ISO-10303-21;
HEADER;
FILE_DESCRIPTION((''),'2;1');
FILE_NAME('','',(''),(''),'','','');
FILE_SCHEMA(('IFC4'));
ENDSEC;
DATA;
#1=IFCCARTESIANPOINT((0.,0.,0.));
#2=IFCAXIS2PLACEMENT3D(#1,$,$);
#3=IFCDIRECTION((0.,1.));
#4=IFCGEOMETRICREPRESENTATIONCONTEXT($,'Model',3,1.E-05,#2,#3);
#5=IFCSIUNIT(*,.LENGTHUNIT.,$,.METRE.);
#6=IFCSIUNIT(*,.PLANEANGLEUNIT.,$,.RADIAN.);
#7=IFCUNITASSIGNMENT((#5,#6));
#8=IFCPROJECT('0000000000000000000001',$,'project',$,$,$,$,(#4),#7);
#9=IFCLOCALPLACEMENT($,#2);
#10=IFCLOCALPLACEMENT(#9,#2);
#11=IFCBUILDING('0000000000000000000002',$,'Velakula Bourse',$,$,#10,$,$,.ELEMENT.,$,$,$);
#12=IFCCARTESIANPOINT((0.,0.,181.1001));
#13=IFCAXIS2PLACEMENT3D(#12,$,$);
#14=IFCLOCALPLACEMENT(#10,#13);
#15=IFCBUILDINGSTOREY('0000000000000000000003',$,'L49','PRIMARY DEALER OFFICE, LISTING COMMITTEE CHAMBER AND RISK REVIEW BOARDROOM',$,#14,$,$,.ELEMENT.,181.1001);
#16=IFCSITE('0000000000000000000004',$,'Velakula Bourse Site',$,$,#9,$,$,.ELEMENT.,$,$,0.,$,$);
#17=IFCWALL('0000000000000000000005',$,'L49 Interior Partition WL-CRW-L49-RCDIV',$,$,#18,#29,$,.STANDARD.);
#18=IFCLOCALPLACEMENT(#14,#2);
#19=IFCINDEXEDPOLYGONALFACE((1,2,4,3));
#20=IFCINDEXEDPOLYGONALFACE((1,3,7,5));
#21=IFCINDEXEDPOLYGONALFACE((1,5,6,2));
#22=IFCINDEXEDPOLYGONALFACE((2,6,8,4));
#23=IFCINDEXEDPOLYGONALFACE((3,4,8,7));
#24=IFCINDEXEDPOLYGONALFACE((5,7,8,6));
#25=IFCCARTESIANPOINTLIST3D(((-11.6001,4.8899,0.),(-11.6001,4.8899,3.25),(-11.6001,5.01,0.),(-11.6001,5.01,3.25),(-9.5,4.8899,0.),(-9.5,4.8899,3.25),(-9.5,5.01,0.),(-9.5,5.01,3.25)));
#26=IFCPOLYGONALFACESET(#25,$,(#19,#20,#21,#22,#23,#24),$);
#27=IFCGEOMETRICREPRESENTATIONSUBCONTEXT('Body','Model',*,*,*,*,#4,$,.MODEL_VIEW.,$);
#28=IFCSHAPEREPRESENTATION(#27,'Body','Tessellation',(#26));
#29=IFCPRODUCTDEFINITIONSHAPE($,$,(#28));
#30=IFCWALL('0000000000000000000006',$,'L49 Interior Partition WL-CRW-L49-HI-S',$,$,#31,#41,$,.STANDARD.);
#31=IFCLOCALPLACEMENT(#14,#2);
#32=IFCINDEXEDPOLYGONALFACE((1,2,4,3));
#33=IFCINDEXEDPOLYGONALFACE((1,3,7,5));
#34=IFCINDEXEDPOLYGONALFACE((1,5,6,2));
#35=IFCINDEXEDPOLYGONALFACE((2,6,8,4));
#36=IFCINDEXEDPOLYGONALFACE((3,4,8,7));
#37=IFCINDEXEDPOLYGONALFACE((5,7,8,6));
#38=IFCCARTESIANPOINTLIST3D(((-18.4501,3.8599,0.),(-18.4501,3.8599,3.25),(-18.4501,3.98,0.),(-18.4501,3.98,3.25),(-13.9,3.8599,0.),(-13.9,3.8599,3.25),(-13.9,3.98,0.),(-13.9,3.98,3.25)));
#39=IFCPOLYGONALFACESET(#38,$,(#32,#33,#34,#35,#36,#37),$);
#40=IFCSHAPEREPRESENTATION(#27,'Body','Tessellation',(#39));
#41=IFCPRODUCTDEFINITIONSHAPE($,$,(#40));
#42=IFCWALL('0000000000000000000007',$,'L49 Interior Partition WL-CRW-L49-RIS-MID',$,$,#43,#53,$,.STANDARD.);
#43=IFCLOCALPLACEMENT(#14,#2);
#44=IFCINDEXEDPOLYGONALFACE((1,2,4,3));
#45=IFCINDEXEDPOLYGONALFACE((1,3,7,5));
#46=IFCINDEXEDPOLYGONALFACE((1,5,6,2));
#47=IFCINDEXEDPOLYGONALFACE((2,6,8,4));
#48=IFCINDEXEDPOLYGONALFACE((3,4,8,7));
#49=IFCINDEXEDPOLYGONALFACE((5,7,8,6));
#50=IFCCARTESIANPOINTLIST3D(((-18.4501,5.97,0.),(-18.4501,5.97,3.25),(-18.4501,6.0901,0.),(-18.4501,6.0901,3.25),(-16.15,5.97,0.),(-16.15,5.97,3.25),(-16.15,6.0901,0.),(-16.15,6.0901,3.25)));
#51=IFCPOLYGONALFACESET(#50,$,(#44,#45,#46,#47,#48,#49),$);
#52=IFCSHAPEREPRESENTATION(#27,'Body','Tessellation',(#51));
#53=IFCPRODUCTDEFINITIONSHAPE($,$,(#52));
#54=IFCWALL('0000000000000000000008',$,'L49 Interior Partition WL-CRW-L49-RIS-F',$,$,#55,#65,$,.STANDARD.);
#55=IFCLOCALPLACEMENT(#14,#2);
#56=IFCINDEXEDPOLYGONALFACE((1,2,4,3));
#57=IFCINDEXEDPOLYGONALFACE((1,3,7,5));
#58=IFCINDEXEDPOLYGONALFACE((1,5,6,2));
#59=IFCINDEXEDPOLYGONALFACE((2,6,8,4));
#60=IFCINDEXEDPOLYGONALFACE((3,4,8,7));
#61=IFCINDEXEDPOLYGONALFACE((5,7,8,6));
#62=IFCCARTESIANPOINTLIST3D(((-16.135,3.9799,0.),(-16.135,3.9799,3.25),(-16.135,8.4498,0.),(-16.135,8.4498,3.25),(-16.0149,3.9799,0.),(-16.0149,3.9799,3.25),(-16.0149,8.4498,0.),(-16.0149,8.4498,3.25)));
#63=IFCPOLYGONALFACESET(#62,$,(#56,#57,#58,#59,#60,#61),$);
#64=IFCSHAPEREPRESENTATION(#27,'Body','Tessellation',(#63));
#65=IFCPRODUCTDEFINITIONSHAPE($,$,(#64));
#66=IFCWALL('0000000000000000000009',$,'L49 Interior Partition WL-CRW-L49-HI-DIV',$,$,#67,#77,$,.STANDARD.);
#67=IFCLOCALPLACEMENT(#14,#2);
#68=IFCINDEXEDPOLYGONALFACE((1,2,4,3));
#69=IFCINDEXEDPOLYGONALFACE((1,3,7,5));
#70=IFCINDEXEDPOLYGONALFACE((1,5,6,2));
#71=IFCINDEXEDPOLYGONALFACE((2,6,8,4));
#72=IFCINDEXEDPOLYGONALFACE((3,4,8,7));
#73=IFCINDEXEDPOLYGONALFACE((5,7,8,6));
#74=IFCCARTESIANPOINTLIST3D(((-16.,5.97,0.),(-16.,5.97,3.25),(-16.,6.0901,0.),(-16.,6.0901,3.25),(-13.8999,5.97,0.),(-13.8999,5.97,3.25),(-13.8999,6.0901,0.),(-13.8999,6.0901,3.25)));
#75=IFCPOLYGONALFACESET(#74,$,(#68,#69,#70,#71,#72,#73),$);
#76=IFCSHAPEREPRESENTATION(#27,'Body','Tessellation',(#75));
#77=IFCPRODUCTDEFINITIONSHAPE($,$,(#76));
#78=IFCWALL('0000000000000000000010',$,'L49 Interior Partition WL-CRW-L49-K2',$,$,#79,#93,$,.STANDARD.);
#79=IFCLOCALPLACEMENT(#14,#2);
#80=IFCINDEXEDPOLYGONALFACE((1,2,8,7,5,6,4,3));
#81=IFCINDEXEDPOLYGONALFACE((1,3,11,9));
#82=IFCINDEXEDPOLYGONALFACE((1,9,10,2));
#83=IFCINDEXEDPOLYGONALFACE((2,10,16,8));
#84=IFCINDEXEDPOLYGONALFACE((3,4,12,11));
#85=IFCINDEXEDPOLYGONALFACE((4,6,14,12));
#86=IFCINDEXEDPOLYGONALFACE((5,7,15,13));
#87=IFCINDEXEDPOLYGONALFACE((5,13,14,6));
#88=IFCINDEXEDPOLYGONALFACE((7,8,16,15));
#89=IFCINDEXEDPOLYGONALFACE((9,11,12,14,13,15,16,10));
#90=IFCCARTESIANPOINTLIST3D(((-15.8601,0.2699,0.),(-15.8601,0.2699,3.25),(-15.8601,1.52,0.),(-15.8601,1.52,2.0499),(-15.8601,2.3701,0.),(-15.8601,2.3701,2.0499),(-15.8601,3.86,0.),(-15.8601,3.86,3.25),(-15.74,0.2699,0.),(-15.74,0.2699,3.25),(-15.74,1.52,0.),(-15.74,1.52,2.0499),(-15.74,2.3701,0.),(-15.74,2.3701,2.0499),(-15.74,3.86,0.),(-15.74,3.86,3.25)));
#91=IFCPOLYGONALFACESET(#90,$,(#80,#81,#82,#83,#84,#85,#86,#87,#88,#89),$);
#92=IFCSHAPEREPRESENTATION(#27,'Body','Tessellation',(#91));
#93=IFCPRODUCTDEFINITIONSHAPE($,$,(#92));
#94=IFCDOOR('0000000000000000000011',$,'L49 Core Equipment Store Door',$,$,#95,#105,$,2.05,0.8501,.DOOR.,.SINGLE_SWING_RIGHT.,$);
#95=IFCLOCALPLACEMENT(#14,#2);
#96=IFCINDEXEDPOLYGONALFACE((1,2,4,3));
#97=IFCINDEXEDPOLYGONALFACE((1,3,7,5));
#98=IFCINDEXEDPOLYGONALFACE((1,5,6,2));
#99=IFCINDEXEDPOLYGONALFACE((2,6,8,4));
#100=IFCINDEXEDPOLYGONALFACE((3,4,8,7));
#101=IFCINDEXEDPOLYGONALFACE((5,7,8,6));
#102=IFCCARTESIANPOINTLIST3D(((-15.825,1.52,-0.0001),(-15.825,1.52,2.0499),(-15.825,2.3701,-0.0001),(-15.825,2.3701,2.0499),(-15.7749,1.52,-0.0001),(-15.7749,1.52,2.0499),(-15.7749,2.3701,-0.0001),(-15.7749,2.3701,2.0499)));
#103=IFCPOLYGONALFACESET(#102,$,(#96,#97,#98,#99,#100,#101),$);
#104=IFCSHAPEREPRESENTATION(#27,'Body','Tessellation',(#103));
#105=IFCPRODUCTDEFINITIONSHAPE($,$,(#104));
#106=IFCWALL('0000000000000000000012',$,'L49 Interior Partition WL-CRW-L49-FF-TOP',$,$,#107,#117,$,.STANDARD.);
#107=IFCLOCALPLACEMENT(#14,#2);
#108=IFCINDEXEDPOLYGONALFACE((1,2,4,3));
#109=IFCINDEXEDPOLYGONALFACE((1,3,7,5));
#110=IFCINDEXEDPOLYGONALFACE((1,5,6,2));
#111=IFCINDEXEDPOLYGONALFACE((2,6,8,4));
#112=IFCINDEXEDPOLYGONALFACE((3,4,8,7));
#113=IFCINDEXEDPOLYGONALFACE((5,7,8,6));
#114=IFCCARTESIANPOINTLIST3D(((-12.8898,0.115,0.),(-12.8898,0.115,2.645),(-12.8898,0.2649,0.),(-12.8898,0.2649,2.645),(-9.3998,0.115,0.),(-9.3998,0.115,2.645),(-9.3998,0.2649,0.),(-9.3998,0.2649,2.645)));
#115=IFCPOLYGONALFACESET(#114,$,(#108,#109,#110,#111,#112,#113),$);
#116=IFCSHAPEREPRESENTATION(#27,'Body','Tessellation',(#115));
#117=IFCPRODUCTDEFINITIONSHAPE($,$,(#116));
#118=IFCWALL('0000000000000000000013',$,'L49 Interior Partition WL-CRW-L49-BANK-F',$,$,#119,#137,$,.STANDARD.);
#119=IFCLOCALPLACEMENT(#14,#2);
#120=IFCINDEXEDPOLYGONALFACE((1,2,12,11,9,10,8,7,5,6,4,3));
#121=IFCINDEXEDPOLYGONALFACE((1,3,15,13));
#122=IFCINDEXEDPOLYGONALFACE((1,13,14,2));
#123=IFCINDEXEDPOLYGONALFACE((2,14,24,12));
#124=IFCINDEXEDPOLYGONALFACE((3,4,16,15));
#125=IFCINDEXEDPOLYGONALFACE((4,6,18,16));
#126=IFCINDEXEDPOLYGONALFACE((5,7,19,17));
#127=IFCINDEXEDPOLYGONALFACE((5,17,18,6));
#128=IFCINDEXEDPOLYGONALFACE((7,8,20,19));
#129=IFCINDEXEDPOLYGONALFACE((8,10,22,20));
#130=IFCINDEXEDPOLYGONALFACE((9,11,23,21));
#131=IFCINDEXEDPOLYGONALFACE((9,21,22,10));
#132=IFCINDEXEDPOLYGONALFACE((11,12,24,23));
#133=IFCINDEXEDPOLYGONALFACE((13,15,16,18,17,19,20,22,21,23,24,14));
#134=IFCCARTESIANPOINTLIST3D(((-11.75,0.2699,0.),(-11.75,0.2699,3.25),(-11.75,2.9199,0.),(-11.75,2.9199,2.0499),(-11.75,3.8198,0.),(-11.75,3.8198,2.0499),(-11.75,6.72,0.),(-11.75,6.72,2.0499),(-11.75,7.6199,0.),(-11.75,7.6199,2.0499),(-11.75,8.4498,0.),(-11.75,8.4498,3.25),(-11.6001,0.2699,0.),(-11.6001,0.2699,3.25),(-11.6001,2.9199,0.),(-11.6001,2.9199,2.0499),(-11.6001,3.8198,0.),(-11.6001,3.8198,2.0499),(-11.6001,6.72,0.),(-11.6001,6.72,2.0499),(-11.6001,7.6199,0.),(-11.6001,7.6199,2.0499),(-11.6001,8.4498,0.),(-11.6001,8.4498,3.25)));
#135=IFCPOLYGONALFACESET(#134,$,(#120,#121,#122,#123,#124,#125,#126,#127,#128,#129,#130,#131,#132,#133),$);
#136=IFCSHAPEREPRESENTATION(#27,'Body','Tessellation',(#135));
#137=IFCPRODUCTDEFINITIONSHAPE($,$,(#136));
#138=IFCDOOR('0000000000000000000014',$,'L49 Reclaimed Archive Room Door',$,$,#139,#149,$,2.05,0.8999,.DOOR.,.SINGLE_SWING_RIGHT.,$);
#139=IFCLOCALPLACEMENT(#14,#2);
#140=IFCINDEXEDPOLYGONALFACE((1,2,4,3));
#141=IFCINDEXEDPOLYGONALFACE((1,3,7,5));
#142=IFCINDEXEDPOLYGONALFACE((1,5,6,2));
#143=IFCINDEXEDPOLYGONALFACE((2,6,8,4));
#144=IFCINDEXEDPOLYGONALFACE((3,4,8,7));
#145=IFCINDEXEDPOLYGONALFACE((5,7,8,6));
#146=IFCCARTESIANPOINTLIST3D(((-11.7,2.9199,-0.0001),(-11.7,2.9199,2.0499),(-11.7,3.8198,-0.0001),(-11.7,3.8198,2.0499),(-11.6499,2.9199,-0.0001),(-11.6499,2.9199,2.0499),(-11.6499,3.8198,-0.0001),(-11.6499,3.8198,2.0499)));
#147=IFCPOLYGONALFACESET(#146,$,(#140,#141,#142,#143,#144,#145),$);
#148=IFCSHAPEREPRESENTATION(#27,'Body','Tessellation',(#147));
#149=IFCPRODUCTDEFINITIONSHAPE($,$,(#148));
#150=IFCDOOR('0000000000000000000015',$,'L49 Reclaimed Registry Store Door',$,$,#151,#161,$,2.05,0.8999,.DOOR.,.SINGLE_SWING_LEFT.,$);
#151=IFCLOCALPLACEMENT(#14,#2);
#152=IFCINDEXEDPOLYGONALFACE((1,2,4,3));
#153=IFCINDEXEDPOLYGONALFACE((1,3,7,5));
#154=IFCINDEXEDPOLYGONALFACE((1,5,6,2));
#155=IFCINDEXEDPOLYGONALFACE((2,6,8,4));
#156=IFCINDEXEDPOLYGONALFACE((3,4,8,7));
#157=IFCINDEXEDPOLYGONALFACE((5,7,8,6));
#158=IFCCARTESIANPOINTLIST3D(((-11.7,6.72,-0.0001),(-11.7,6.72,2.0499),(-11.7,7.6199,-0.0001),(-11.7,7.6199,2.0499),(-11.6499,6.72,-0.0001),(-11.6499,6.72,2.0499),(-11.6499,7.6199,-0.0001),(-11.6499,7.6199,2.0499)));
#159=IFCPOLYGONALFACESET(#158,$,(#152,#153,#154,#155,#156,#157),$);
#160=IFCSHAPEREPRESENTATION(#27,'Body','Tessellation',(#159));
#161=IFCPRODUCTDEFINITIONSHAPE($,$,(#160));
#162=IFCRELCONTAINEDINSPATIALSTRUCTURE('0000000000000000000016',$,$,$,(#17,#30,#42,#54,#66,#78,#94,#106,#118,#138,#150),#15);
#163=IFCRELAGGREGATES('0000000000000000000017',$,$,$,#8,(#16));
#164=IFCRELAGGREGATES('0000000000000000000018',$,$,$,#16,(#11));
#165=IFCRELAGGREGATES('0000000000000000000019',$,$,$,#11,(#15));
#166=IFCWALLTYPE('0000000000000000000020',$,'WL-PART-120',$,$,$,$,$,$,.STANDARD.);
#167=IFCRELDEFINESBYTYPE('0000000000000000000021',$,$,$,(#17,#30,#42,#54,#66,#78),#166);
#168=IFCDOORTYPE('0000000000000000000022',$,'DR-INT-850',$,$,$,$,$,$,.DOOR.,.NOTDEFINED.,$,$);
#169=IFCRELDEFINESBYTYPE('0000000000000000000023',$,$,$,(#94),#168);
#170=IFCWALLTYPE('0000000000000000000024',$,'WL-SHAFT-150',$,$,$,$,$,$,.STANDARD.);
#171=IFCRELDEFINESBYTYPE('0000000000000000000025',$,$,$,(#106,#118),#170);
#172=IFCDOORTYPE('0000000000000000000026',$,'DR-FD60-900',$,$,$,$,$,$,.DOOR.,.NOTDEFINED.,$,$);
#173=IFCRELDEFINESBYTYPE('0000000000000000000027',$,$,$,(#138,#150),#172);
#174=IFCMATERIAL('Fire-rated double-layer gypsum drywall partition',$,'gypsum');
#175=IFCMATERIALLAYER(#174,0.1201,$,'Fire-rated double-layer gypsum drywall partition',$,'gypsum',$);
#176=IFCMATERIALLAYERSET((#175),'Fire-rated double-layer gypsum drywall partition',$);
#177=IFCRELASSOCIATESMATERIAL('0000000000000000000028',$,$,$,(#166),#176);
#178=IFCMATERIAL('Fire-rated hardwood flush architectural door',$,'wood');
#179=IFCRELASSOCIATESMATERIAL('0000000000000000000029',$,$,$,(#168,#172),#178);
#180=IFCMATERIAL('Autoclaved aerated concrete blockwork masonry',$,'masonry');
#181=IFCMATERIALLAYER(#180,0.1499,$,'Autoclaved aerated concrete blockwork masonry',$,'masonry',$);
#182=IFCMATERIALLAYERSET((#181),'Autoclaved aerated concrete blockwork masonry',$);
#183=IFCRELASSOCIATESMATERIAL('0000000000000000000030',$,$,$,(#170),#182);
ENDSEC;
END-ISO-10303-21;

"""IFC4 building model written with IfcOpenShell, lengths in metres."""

from ifc_helpers import new_model, si_unit, direction, frame, frame_2d, origin, place, context, subcontext, project, spatial, rectangle, extrude, material, layer, layer_set, type_object, element, fill, save


model = new_model("IFC4")

# Units and contexts
model_context = context("Model", 3, precision=1e-05, world=origin(), true_north=direction((0.0, 1.0)))
body_context = subcontext(model_context, "Body", "Model", "MODEL_VIEW")
ifc_project = project(units=[si_unit("LENGTHUNIT", "METRE"), si_unit("PLANEANGLEUNIT", "RADIAN")], contexts=[model_context])

# Site, building, storey
site_placement = place(None, origin())
site = spatial("IfcSite", under=ifc_project, at=site_placement, Name="Velakula Bourse Site", CompositionType="ELEMENT", RefElevation=0.0)
building_placement = place(site_placement, origin())
building = spatial("IfcBuilding", under=site, at=building_placement, Name="Velakula Bourse", CompositionType="ELEMENT")
storey_placement = place(building_placement, frame((0.0, 0.0, 181.1001)))
storey = spatial("IfcBuildingStorey", under=building, at=storey_placement, Name="L49", Description="PRIMARY DEALER OFFICE, LISTING COMMITTEE CHAMBER AND RISK REVIEW BOARDROOM", CompositionType="ELEMENT", Elevation=181.1001)

# Shared definitions
ifc_material_1 = material(Name="Fire-rated double-layer gypsum drywall partition", Category="gypsum")
ifc_layer_1 = layer(ifc_material_1, 0.1201, Name="Fire-rated double-layer gypsum drywall partition", Category="gypsum")
ifc_layer_set_1 = layer_set([ifc_layer_1], Name="Fire-rated double-layer gypsum drywall partition")
wall_type_1 = type_object("IfcWallType", Name="WL-PART-120", PredefinedType="STANDARD", material=ifc_layer_set_1)
ifc_material_2 = material(Name="Fire-rated hardwood flush architectural door", Category="wood")

# Walls
wall_1_placement = place(storey_placement, frame((-11.6001, 4.95, 0.0), z_axis=(0.0, 0.0, 1.0), x_axis=(1.0, 0.0, 0.0)))
element("IfcWall", 1, at=wall_1_placement, inside=storey, type_object=wall_type_1, Name="L49 Interior Partition WL-CRW-L49-RCDIV", PredefinedType="STANDARD", context=body_context, shape_type="SweptSolid", body=[
    extrude(rectangle(XDim=2.1001, YDim=0.1201, at=frame_2d((1.05, 0.0))), origin(), (0.0, 0.0, 1.0), 3.25),
])
wall_2_placement = place(storey_placement, frame((-18.45, 3.9199, 0.0), z_axis=(0.0, 0.0, 1.0), x_axis=(1.0, 0.0, 0.0)))
element("IfcWall", 2, at=wall_2_placement, inside=storey, type_object=wall_type_1, Name="L49 Interior Partition WL-CRW-L49-HI-S", PredefinedType="STANDARD", context=body_context, shape_type="SweptSolid", body=[
    extrude(rectangle(XDim=4.55, YDim=0.1201, at=frame_2d((2.2749, 0.0))), origin(), (0.0, 0.0, 1.0), 3.25),
])
wall_3_placement = place(storey_placement, frame((-18.45, 6.03, 0.0), z_axis=(0.0, 0.0, 1.0), x_axis=(1.0, 0.0, 0.0)))
element("IfcWall", 3, at=wall_3_placement, inside=storey, type_object=wall_type_1, Name="L49 Interior Partition WL-CRW-L49-RIS-MID", PredefinedType="STANDARD", context=body_context, shape_type="SweptSolid", body=[
    extrude(rectangle(XDim=2.3, YDim=0.1201, at=frame_2d((1.1499, 0.0))), origin(), (0.0, 0.0, 1.0), 3.25),
])
wall_4_placement = place(storey_placement, frame((-16.075, 3.98, 0.0), z_axis=(0.0, 0.0, 1.0), x_axis=(0.0, 1.0, 0.0)))
element("IfcWall", 4, at=wall_4_placement, inside=storey, type_object=wall_type_1, Name="L49 Interior Partition WL-CRW-L49-RIS-F", PredefinedType="STANDARD", context=body_context, shape_type="SweptSolid", body=[
    extrude(rectangle(XDim=4.47, YDim=0.1201, at=frame_2d((2.2349, 0.0))), origin(), (0.0, 0.0, 1.0), 3.25),
])
wall_5_placement = place(storey_placement, frame((-16.0, 6.03, 0.0), z_axis=(0.0, 0.0, 1.0), x_axis=(1.0, 0.0, 0.0)))
element("IfcWall", 5, at=wall_5_placement, inside=storey, type_object=wall_type_1, Name="L49 Interior Partition WL-CRW-L49-HI-DIV", PredefinedType="STANDARD", context=body_context, shape_type="SweptSolid", body=[
    extrude(rectangle(XDim=2.1001, YDim=0.1201, at=frame_2d((1.05, 0.0))), origin(), (0.0, 0.0, 1.0), 3.25),
])

# Wall, opening, door
wall_6_placement = place(storey_placement, frame((-15.8, 0.27, 0.0), z_axis=(0.0, 0.0, 1.0), x_axis=(0.0, 1.0, 0.0)))
wall_6 = element("IfcWall", 6, at=wall_6_placement, inside=storey, type_object=wall_type_1, Name="L49 Interior Partition WL-CRW-L49-K2", PredefinedType="STANDARD", context=body_context, shape_type="SweptSolid", body=[
    extrude(rectangle(XDim=3.5901, YDim=0.1201, at=frame_2d((1.7949, 0.0))), origin(), (0.0, 0.0, 1.0), 3.25),
])
opening_1_placement = place(wall_6_placement, frame((1.25, 0.0, 0.0)))
opening_1 = element("IfcOpeningElement", 7, at=opening_1_placement, cuts=wall_6, PredefinedType="OPENING", context=body_context, shape_type="SweptSolid", body=[
    extrude(rectangle(XDim=0.8501, YDim=2.05, at=frame_2d((0.425, 1.0249))), frame((0.0, 0.0701, 0.0), z_axis=(0.0, -1.0, 0.0), x_axis=(1.0, 0.0, 0.0)), (0.0, 0.0, 1.0), 0.1401),
])
door_type_1 = type_object("IfcDoorType", Name="DR-INT-850", OperationType="NOTDEFINED", PredefinedType="DOOR", material=ifc_material_2)
door_1_placement = place(opening_1_placement, origin())
door_1 = element("IfcDoor", 8, at=door_1_placement, inside=storey, type_object=door_type_1, Name="L49 Core Equipment Store Door", OperationType="SINGLE_SWING_RIGHT", OverallHeight=2.05, OverallWidth=0.8501, PredefinedType="DOOR", context=body_context, shape_type="SweptSolid", body=[
    extrude(rectangle(XDim=0.8501, YDim=2.05, at=frame_2d((0.425, 1.0249))), frame((0.0, 0.0249, 0.0), z_axis=(0.0, -1.0, 0.0), x_axis=(1.0, 0.0, 0.0)), (0.0, 0.0, 1.0), 0.05),
])
fill(opening_1, door_1)

# Wall
ifc_material_3 = material(Name="Autoclaved aerated concrete blockwork masonry", Category="masonry")
ifc_layer_2 = layer(ifc_material_3, 0.1499, Name="Autoclaved aerated concrete blockwork masonry", Category="masonry")
ifc_layer_set_2 = layer_set([ifc_layer_2], Name="Autoclaved aerated concrete blockwork masonry")
wall_type_2 = type_object("IfcWallType", Name="WL-SHAFT-150", PredefinedType="STANDARD", material=ifc_layer_set_2)
wall_7_placement = place(storey_placement, frame((-12.8899, 0.1899, 0.0), z_axis=(0.0, 0.0, 1.0), x_axis=(1.0, 0.0, 0.0)))
element("IfcWall", 9, at=wall_7_placement, inside=storey, type_object=wall_type_2, Name="L49 Interior Partition WL-CRW-L49-FF-TOP", PredefinedType="STANDARD", context=body_context, shape_type="SweptSolid", body=[
    extrude(rectangle(XDim=3.49, YDim=0.1499, at=frame_2d((1.7451, 0.0))), origin(), (0.0, 0.0, 1.0), 2.645),
])

# Wall, openings, doors
wall_8_placement = place(storey_placement, frame((-11.675, 0.27, 0.0), z_axis=(0.0, 0.0, 1.0), x_axis=(0.0, 1.0, 0.0)))
wall_8 = element("IfcWall", 10, at=wall_8_placement, inside=storey, type_object=wall_type_2, Name="L49 Interior Partition WL-CRW-L49-BANK-F", PredefinedType="STANDARD", context=body_context, shape_type="SweptSolid", body=[
    extrude(rectangle(XDim=8.1799, YDim=0.1499, at=frame_2d((4.0898, 0.0))), origin(), (0.0, 0.0, 1.0), 3.25),
])
opening_2_placement = place(wall_8_placement, frame((2.6499, 0.0, 0.0)))
opening_2 = element("IfcOpeningElement", 11, at=opening_2_placement, cuts=wall_8, PredefinedType="OPENING", context=body_context, shape_type="SweptSolid", body=[
    extrude(rectangle(XDim=0.8999, YDim=2.05, at=frame_2d((0.45, 1.0249))), frame((0.0, 0.085, 0.0), z_axis=(0.0, -1.0, 0.0), x_axis=(1.0, 0.0, 0.0)), (0.0, 0.0, 1.0), 0.1699),
])
opening_3_placement = place(wall_8_placement, frame((6.45, 0.0, 0.0)))
opening_3 = element("IfcOpeningElement", 12, at=opening_3_placement, cuts=wall_8, PredefinedType="OPENING", context=body_context, shape_type="SweptSolid", body=[
    extrude(rectangle(XDim=0.8999, YDim=2.05, at=frame_2d((0.45, 1.0249))), frame((0.0, 0.085, 0.0), z_axis=(0.0, -1.0, 0.0), x_axis=(1.0, 0.0, 0.0)), (0.0, 0.0, 1.0), 0.1699),
])
door_type_2 = type_object("IfcDoorType", Name="DR-FD60-900", OperationType="NOTDEFINED", PredefinedType="DOOR", material=ifc_material_2)
door_2_placement = place(opening_2_placement, origin())
door_2 = element("IfcDoor", 13, at=door_2_placement, inside=storey, type_object=door_type_2, Name="L49 Reclaimed Archive Room Door", OperationType="SINGLE_SWING_RIGHT", OverallHeight=2.05, OverallWidth=0.8999, PredefinedType="DOOR", context=body_context, shape_type="SweptSolid", body=[
    extrude(rectangle(XDim=0.8999, YDim=2.05, at=frame_2d((0.45, 1.0249))), frame((0.0, 0.0249, 0.0), z_axis=(0.0, -1.0, 0.0), x_axis=(1.0, 0.0, 0.0)), (0.0, 0.0, 1.0), 0.05),
])
fill(opening_2, door_2)
door_3_placement = place(opening_3_placement, origin())
door_3 = element("IfcDoor", 14, at=door_3_placement, inside=storey, type_object=door_type_2, Name="L49 Reclaimed Registry Store Door", OperationType="SINGLE_SWING_LEFT", OverallHeight=2.05, OverallWidth=0.8999, PredefinedType="DOOR", context=body_context, shape_type="SweptSolid", body=[
    extrude(rectangle(XDim=0.8999, YDim=2.05, at=frame_2d((0.45, 1.0249))), frame((0.0, 0.0249, 0.0), z_axis=(0.0, -1.0, 0.0), x_axis=(1.0, 0.0, 0.0)), (0.0, 0.0, 1.0), 0.05),
])
fill(opening_3, door_3)

save(model, "model.ifc")
